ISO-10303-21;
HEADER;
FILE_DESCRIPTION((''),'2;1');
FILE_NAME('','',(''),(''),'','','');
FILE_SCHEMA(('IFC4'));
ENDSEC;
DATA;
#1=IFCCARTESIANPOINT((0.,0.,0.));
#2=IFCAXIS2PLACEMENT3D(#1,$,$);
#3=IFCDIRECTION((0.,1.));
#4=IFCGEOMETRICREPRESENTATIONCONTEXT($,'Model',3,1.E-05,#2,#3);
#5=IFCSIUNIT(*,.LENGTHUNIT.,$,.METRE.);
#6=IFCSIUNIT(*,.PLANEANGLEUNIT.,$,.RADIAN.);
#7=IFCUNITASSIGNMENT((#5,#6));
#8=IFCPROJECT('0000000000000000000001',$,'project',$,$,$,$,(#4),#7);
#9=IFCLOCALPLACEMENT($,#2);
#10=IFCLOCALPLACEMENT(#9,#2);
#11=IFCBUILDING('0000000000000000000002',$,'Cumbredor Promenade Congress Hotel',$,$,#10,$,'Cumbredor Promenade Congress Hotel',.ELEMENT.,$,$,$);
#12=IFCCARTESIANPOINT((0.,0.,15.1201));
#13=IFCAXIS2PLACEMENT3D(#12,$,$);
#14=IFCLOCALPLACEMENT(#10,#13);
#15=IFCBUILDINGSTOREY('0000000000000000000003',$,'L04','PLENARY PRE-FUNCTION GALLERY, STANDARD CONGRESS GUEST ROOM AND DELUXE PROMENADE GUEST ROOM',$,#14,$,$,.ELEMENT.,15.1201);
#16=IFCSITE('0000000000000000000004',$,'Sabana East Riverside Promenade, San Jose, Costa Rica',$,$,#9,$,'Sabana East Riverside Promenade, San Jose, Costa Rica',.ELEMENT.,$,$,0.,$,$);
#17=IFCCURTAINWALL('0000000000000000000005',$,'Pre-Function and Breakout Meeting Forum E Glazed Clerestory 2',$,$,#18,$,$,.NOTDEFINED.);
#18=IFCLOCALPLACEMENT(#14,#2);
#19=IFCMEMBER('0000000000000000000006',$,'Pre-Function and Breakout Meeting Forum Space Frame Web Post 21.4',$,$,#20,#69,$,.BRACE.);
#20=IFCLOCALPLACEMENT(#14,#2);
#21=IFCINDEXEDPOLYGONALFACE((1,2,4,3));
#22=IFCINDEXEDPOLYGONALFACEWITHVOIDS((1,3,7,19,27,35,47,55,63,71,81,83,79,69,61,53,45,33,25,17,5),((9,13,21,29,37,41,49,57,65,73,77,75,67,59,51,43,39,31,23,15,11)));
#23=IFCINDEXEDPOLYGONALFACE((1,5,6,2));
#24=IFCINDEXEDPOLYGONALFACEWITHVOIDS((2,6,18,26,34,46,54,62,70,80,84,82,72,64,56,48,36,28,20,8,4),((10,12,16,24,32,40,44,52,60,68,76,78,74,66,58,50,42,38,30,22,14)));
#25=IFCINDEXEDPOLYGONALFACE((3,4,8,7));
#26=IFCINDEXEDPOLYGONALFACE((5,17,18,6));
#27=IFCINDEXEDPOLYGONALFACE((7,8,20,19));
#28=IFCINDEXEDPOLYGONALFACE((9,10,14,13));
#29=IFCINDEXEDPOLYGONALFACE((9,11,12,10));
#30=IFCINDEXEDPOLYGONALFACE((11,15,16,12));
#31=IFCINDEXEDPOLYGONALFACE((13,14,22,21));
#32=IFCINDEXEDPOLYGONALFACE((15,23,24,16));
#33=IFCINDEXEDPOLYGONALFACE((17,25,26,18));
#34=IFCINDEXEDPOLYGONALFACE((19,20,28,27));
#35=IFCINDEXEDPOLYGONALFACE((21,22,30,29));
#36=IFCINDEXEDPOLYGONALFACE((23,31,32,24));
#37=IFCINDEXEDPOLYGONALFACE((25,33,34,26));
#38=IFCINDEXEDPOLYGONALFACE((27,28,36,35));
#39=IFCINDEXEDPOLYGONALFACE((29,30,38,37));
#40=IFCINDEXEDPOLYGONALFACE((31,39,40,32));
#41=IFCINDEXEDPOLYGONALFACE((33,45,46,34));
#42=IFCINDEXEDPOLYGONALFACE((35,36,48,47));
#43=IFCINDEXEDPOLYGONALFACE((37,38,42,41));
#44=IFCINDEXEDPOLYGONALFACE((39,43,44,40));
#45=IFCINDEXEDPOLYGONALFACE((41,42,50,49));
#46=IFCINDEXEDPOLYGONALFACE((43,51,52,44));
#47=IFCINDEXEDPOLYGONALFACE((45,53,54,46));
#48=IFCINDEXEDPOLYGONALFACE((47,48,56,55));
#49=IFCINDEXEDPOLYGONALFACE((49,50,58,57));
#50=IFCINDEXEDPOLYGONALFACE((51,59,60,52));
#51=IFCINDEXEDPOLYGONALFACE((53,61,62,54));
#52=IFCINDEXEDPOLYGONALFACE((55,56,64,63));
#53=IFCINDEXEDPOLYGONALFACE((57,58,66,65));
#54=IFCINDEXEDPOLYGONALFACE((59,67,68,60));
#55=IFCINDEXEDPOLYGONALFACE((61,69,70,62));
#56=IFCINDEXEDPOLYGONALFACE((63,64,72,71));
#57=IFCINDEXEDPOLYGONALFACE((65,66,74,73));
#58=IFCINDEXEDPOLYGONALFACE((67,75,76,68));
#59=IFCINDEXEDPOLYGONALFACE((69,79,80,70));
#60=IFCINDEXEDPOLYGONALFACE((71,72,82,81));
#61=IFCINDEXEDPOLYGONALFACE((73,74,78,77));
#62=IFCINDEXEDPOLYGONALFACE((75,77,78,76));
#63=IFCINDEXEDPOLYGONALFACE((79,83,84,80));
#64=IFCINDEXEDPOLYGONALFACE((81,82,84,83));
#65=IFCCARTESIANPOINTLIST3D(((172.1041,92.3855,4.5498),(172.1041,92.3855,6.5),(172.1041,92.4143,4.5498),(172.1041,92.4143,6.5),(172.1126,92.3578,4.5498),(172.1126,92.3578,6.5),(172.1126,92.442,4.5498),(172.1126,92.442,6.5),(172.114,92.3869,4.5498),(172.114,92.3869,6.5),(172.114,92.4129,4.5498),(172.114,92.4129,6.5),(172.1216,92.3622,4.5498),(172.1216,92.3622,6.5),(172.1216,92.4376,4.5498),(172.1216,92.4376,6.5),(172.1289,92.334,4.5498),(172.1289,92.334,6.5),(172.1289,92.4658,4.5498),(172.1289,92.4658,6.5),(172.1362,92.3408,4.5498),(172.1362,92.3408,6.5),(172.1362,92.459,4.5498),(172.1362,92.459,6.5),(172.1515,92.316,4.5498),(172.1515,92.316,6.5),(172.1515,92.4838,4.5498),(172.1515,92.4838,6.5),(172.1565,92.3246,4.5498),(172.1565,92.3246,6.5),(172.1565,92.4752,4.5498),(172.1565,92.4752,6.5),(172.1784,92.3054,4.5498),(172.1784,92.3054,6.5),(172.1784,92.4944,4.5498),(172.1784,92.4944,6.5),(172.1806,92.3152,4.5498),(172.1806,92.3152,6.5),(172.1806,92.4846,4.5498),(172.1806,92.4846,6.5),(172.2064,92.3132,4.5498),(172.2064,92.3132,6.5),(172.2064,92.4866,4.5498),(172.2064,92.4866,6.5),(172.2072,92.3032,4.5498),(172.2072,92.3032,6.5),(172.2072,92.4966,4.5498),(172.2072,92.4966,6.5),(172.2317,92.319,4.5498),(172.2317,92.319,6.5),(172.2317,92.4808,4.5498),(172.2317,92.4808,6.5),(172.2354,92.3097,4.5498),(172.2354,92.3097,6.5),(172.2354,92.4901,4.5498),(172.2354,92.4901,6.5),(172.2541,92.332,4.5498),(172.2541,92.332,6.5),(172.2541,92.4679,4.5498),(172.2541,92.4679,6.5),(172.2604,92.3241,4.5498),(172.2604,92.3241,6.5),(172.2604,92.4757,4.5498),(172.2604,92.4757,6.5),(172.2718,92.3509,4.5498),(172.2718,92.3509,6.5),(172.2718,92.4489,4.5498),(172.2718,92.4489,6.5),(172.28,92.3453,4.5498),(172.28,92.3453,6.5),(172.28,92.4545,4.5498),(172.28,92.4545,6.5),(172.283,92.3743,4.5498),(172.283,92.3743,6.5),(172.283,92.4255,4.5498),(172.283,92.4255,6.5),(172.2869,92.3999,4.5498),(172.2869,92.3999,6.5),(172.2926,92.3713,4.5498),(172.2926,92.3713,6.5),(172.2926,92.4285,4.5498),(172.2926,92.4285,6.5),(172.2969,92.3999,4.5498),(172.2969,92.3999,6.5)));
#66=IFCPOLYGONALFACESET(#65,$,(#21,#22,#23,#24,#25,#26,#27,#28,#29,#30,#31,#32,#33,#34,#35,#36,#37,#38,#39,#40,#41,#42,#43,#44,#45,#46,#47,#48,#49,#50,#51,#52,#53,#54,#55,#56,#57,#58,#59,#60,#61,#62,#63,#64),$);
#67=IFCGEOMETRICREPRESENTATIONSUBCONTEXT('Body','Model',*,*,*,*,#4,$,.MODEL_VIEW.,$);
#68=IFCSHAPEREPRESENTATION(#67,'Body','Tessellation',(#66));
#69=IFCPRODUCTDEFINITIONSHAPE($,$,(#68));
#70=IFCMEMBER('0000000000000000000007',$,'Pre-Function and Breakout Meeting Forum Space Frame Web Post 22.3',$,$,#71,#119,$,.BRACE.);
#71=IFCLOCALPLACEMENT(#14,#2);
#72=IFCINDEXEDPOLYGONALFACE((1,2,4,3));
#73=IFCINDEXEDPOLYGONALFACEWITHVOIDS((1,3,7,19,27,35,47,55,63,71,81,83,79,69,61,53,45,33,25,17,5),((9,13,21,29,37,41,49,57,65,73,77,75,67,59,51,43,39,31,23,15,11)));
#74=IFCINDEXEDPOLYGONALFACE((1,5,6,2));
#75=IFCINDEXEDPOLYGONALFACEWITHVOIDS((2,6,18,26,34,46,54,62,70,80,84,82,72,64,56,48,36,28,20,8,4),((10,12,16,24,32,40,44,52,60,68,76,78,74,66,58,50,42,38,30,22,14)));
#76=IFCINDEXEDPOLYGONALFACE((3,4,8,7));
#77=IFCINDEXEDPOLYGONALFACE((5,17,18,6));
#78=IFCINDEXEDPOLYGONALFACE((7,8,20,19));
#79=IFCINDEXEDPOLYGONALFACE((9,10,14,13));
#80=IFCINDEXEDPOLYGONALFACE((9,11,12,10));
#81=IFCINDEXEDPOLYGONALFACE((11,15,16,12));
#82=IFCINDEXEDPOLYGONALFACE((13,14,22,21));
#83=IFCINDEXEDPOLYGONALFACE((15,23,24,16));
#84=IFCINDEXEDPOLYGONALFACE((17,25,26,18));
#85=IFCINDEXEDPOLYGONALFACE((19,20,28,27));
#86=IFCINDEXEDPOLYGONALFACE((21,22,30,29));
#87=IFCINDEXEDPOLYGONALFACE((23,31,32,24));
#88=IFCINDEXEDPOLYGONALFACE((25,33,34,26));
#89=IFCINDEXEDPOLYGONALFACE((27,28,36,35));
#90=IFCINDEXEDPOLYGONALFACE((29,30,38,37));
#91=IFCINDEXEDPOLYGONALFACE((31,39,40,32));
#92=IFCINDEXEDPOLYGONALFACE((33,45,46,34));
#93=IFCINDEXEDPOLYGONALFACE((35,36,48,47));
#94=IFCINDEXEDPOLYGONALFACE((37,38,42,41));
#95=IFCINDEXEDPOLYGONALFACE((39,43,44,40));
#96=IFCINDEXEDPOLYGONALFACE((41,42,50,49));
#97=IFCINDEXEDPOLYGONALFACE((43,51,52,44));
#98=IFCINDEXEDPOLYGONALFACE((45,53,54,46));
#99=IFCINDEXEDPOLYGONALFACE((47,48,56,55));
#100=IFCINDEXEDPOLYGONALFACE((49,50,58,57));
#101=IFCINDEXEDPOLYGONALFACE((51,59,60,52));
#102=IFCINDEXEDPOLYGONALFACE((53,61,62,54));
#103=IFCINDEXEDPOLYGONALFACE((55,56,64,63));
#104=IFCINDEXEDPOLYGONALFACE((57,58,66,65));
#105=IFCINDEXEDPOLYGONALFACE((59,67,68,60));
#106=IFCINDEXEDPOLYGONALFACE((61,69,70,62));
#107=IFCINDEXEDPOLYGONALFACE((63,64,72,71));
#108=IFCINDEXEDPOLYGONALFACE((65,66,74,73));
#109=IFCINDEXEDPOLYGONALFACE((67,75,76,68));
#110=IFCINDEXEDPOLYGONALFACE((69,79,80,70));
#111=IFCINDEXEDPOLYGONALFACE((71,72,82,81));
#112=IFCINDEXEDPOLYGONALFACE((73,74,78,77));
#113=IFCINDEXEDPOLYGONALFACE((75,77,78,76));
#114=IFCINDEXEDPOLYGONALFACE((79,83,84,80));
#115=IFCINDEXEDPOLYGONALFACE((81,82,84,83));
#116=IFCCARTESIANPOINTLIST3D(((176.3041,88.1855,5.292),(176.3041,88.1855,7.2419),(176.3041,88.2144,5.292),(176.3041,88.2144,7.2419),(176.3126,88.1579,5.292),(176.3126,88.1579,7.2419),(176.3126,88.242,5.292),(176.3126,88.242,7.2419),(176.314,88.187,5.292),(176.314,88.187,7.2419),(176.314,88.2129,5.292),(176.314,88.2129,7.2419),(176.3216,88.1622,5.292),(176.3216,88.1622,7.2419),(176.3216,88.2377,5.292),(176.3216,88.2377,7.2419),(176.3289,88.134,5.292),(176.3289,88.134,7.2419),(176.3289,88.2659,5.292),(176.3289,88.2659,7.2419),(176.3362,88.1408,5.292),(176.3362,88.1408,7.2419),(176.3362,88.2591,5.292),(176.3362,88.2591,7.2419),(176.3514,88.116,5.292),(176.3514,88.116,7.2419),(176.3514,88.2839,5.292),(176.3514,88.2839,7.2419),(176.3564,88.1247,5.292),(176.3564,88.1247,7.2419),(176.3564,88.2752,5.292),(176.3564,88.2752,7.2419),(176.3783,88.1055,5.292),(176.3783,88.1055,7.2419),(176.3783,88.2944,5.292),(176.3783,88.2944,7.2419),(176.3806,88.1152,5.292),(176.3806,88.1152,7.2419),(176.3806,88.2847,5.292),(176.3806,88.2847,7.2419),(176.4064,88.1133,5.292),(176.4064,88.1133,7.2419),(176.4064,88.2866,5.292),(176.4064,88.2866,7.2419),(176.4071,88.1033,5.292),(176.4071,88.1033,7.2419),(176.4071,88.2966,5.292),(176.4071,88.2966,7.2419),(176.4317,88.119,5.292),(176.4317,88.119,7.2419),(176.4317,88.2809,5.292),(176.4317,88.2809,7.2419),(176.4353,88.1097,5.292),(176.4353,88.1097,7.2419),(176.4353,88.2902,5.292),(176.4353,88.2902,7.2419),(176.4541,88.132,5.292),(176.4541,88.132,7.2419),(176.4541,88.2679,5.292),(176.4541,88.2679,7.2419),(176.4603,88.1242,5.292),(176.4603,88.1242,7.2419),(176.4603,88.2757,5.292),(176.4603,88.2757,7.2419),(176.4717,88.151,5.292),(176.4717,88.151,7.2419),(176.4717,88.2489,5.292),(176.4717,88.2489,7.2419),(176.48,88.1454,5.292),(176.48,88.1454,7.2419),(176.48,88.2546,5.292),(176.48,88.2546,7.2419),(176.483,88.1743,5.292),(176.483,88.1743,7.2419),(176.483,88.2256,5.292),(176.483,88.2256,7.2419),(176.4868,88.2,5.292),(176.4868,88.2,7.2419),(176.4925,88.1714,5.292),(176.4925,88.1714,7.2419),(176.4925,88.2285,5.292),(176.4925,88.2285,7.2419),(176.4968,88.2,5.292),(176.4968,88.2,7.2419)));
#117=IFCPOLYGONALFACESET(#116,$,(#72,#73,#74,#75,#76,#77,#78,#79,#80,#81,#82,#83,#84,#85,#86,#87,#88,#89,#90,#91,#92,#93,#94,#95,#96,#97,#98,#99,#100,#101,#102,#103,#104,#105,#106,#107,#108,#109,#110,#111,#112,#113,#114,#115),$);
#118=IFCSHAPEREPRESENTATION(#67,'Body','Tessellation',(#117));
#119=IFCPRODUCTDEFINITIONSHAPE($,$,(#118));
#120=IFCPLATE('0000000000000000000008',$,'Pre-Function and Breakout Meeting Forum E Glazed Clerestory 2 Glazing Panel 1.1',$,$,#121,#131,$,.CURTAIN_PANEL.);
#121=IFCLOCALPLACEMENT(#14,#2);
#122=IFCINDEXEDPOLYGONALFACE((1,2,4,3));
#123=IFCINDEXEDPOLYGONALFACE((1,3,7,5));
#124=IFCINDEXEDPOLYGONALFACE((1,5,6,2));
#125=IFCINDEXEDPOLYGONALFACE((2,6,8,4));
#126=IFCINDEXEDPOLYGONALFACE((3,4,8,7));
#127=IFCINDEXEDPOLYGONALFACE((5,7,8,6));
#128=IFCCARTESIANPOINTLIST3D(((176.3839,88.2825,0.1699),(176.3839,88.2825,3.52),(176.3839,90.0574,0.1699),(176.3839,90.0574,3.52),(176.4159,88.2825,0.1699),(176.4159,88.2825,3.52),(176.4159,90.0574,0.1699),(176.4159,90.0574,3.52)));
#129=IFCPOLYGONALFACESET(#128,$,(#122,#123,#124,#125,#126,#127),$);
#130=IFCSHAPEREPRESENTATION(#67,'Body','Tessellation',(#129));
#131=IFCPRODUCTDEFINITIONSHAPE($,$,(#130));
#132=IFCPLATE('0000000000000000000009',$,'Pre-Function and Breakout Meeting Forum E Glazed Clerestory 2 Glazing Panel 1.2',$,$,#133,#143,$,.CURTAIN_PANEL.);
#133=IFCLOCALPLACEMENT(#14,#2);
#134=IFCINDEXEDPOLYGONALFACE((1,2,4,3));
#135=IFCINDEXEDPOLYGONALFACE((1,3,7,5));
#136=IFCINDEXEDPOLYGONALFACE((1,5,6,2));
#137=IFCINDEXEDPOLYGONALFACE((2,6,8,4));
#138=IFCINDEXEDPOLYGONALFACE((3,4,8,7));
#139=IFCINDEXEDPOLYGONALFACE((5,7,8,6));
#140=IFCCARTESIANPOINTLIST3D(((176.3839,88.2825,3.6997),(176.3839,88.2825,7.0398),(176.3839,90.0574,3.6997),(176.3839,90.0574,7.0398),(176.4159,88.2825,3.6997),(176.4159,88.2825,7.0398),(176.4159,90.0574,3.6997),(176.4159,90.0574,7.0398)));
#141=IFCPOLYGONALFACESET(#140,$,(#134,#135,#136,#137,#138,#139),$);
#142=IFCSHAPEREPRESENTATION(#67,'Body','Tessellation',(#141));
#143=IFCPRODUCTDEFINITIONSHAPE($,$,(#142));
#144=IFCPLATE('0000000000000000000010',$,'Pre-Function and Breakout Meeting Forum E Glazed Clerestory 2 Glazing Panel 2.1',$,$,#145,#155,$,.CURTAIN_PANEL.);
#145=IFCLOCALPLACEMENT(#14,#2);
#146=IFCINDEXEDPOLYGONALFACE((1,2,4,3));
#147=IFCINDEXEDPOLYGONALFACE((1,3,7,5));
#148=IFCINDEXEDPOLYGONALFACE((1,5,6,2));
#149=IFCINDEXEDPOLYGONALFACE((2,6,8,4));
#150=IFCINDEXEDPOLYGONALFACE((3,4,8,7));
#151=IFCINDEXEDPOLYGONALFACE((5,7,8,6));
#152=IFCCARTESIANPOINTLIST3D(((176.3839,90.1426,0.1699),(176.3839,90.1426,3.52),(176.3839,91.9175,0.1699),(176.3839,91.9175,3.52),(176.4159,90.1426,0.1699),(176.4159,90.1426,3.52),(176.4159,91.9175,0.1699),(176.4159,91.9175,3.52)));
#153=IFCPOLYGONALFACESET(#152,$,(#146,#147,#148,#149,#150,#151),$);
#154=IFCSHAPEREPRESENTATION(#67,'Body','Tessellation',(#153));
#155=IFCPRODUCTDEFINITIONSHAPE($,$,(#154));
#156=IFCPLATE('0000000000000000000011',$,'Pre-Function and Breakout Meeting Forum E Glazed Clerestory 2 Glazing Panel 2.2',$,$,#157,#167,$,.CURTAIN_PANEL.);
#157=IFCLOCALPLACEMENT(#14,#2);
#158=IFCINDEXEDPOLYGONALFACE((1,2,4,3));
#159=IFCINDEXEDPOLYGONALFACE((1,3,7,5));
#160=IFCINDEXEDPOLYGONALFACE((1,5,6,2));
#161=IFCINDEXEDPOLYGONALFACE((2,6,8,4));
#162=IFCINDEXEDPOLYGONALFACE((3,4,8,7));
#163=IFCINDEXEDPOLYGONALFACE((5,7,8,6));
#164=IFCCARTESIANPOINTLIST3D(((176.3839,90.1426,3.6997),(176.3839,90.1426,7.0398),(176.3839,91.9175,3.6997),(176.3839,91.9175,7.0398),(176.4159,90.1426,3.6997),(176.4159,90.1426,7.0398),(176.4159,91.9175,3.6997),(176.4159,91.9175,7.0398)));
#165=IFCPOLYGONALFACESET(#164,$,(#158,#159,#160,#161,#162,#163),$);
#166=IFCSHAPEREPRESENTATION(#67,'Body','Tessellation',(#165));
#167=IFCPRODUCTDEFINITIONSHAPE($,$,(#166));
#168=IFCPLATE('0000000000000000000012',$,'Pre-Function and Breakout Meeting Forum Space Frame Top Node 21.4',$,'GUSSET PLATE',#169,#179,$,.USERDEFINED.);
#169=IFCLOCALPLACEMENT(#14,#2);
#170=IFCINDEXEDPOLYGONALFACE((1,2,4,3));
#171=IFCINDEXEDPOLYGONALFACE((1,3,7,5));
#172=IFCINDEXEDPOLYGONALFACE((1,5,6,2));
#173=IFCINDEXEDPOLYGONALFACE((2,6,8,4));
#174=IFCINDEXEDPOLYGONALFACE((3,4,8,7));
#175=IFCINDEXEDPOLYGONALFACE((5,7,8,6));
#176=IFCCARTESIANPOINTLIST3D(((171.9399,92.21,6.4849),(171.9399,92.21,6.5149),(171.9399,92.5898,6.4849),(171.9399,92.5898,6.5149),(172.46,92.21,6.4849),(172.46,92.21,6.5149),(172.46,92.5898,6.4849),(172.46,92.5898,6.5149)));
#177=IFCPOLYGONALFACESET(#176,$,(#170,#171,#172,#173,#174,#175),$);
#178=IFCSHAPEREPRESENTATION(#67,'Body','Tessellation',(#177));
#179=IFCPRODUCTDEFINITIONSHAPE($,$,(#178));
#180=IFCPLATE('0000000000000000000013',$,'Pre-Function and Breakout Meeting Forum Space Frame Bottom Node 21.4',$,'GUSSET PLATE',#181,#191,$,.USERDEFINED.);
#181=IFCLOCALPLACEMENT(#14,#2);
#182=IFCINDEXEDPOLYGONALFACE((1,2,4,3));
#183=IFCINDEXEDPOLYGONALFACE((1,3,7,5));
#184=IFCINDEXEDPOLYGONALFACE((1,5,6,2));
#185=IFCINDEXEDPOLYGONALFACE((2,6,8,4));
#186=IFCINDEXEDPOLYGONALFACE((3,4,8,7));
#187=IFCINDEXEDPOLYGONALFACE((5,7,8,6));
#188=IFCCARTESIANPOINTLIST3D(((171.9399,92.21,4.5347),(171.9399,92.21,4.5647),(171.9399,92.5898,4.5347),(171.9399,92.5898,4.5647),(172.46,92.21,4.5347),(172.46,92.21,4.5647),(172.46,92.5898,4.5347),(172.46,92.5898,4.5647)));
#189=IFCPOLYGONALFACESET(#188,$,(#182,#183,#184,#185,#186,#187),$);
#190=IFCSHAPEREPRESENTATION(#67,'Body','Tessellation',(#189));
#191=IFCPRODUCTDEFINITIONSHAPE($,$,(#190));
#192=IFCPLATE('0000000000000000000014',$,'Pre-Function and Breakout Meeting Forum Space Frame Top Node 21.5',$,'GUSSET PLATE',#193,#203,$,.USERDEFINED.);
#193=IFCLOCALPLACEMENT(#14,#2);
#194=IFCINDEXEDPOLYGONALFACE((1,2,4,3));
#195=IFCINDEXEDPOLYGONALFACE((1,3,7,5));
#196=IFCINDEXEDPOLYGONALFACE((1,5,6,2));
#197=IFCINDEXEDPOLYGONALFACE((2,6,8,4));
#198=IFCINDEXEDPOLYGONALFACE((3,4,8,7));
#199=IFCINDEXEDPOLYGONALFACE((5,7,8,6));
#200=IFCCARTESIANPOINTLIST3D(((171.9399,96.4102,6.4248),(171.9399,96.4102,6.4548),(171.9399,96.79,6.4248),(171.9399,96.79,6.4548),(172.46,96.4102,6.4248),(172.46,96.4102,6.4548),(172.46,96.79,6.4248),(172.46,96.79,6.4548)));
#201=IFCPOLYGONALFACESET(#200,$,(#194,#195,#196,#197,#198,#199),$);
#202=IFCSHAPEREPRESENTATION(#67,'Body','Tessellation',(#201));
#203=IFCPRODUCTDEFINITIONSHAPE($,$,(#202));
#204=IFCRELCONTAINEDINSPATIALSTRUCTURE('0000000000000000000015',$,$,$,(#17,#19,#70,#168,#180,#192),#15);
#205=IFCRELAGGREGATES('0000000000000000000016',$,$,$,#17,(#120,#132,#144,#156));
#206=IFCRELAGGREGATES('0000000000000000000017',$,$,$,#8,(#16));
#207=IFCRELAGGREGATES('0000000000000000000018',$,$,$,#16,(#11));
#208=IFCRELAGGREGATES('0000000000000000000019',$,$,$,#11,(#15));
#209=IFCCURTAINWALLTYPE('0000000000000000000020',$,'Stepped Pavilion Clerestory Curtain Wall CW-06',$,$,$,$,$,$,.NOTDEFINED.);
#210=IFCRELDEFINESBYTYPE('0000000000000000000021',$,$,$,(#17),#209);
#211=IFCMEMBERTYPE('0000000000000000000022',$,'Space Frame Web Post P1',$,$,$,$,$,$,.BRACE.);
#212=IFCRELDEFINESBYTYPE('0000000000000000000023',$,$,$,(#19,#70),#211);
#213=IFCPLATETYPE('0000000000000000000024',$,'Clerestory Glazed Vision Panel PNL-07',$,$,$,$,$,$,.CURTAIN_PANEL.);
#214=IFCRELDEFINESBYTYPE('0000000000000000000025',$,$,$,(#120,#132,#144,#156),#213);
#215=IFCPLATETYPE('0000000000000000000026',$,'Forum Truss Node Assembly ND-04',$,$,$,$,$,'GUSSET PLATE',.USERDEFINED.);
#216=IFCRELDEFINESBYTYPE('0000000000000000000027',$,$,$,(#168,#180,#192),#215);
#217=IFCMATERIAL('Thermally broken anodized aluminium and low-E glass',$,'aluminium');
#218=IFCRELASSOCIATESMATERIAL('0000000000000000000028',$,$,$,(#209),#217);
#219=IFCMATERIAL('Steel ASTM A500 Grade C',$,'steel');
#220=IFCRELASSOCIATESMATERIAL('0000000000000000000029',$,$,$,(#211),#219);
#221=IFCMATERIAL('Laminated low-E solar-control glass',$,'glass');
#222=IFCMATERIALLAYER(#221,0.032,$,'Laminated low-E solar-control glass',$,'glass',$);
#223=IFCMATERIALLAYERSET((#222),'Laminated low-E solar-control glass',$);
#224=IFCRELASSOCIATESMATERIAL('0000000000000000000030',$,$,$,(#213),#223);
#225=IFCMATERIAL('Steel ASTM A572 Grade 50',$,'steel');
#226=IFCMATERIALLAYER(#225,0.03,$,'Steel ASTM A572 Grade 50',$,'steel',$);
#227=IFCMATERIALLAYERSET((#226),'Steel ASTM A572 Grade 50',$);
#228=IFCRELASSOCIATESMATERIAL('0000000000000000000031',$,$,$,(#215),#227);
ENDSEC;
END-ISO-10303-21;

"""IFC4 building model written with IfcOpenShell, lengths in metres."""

from ifc_helpers import new_model, si_unit, direction, frame, origin, origin_2d, place, context, subcontext, project, spatial, rectangle, hollow_circle, extrude, material, layer, layer_set, material_profile, profile_set, type_object, element, aggregate, save


model = new_model("IFC4")

# Units and contexts
model_context = context("Model", 3, precision=1e-05, world=origin(), true_north=direction((0.0, 1.0)))
body_context = subcontext(model_context, "Body", "Model", "MODEL_VIEW")
ifc_project = project(units=[si_unit("LENGTHUNIT", "METRE"), si_unit("PLANEANGLEUNIT", "RADIAN")], contexts=[model_context])

# Site, building, storey
site_placement = place(None, origin())
site = spatial("IfcSite", under=ifc_project, at=site_placement, Name="Sabana East Riverside Promenade, San Jose, Costa Rica", LongName="Sabana East Riverside Promenade, San Jose, Costa Rica", CompositionType="ELEMENT", RefElevation=0.0)
building_placement = place(site_placement, origin())
building = spatial("IfcBuilding", under=site, at=building_placement, Name="Cumbredor Promenade Congress Hotel", LongName="Cumbredor Promenade Congress Hotel", CompositionType="ELEMENT")
storey_placement = place(building_placement, frame((0.0, 0.0, 15.1201)))
storey = spatial("IfcBuildingStorey", under=building, at=storey_placement, Name="L04", Description="PLENARY PRE-FUNCTION GALLERY, STANDARD CONGRESS GUEST ROOM AND DELUXE PROMENADE GUEST ROOM", CompositionType="ELEMENT", Elevation=15.1201)

# Curtain wall
ifc_material_1 = material(Name="Thermally broken anodized aluminium and low-E glass", Category="aluminium")
curtain_wall_type = type_object("IfcCurtainWallType", Name="Stepped Pavilion Clerestory Curtain Wall CW-06", PredefinedType="NOTDEFINED", material=ifc_material_1)
curtain_wall_placement = place(storey_placement, origin())
curtain_wall = element("IfcCurtainWall", 1, at=curtain_wall_placement, inside=storey, type_object=curtain_wall_type, Name="Pre-Function and Breakout Meeting Forum E Glazed Clerestory 2", PredefinedType="NOTDEFINED")

# Members
ifc_material_2 = material(Name="Steel ASTM A500 Grade C", Category="steel")
ifc_material_profile_1 = material_profile(ifc_material_2, hollow_circle(Radius=0.0969, WallThickness=0.01, at=origin_2d()), Name="CHS 193.7x10")
ifc_profile_set_1 = profile_set([ifc_material_profile_1], Name="Steel ASTM A500 Grade C")
member_type_1 = type_object("IfcMemberType", Name="Space Frame Web Post P1", PredefinedType="BRACE", material=ifc_profile_set_1)
member_1_placement = place(storey_placement, frame((172.2, 92.3999, 4.5498), z_axis=(0.0, 0.0, 1.0), x_axis=(1.0, 0.0, 0.0)))
element("IfcMember", 2, at=member_1_placement, inside=storey, type_object=member_type_1, Name="Pre-Function and Breakout Meeting Forum Space Frame Web Post 21.4", PredefinedType="BRACE", context=body_context, shape_type="SweptSolid", body=[
    extrude(hollow_circle(Radius=0.0969, WallThickness=0.01, at=origin_2d()), origin(), (0.0, 0.0, 1.0), 1.9502),
])
member_2_placement = place(storey_placement, frame((176.3999, 88.2, 5.292), z_axis=(0.0, 0.0, 1.0), x_axis=(1.0, 0.0, 0.0)))
element("IfcMember", 3, at=member_2_placement, inside=storey, type_object=member_type_1, Name="Pre-Function and Breakout Meeting Forum Space Frame Web Post 22.3", PredefinedType="BRACE", context=body_context, shape_type="SweptSolid", body=[
    extrude(hollow_circle(Radius=0.0969, WallThickness=0.01, at=origin_2d()), origin(), (0.0, 0.0, 1.0), 1.95),
])

# Plates
ifc_material_3 = material(Name="Laminated low-E solar-control glass", Category="glass")
ifc_layer_1 = layer(ifc_material_3, 0.032, Name="Laminated low-E solar-control glass", Category="glass")
ifc_layer_set_1 = layer_set([ifc_layer_1], Name="Laminated low-E solar-control glass")
plate_type_1 = type_object("IfcPlateType", Name="Clerestory Glazed Vision Panel PNL-07", PredefinedType="CURTAIN_PANEL", material=ifc_layer_set_1)
plate_1_placement = place(storey_placement, frame((176.3999, 89.1699, 0.1699), z_axis=(0.0, 0.0, 1.0), x_axis=(0.0, 1.0, 0.0)))
plate_1 = element("IfcPlate", 4, at=plate_1_placement, type_object=plate_type_1, Name="Pre-Function and Breakout Meeting Forum E Glazed Clerestory 2 Glazing Panel 1.1", PredefinedType="CURTAIN_PANEL", context=body_context, shape_type="SweptSolid", body=[
    extrude(rectangle(XDim=1.7749, YDim=0.032, at=origin_2d()), origin(), (0.0, 0.0, 1.0), 3.3501),
])
plate_2_placement = place(storey_placement, frame((176.3999, 89.1699, 3.6997), z_axis=(0.0, 0.0, 1.0), x_axis=(0.0, 1.0, 0.0)))
plate_2 = element("IfcPlate", 5, at=plate_2_placement, type_object=plate_type_1, Name="Pre-Function and Breakout Meeting Forum E Glazed Clerestory 2 Glazing Panel 1.2", PredefinedType="CURTAIN_PANEL", context=body_context, shape_type="SweptSolid", body=[
    extrude(rectangle(XDim=1.7749, YDim=0.032, at=origin_2d()), origin(), (0.0, 0.0, 1.0), 3.3401),
])
plate_3_placement = place(storey_placement, frame((176.3999, 91.03, 0.1699), z_axis=(0.0, 0.0, 1.0), x_axis=(0.0, 1.0, 0.0)))
plate_3 = element("IfcPlate", 6, at=plate_3_placement, type_object=plate_type_1, Name="Pre-Function and Breakout Meeting Forum E Glazed Clerestory 2 Glazing Panel 2.1", PredefinedType="CURTAIN_PANEL", context=body_context, shape_type="SweptSolid", body=[
    extrude(rectangle(XDim=1.7749, YDim=0.032, at=origin_2d()), origin(), (0.0, 0.0, 1.0), 3.3501),
])
plate_4_placement = place(storey_placement, frame((176.3999, 91.03, 3.6997), z_axis=(0.0, 0.0, 1.0), x_axis=(0.0, 1.0, 0.0)))
plate_4 = element("IfcPlate", 7, at=plate_4_placement, type_object=plate_type_1, Name="Pre-Function and Breakout Meeting Forum E Glazed Clerestory 2 Glazing Panel 2.2", PredefinedType="CURTAIN_PANEL", context=body_context, shape_type="SweptSolid", body=[
    extrude(rectangle(XDim=1.7749, YDim=0.032, at=origin_2d()), origin(), (0.0, 0.0, 1.0), 3.3401),
])
aggregate(curtain_wall, [plate_1, plate_2, plate_3, plate_4])

# Plates
ifc_material_4 = material(Name="Steel ASTM A572 Grade 50", Category="steel")
ifc_layer_2 = layer(ifc_material_4, 0.03, Name="Steel ASTM A572 Grade 50", Category="steel")
ifc_layer_set_2 = layer_set([ifc_layer_2], Name="Steel ASTM A572 Grade 50")
plate_type_2 = type_object("IfcPlateType", Name="Forum Truss Node Assembly ND-04", ElementType="GUSSET PLATE", PredefinedType="USERDEFINED", material=ifc_layer_set_2)
for number, where, z_axis, x_axis, name in (
    (8, (172.2, 92.3999, 6.4849), (0.0, 0.0, 1.0), (1.0, 0.0, 0.0), "Pre-Function and Breakout Meeting Forum Space Frame Top Node 21.4"),
    (9, (172.2, 92.3999, 4.5347), (0.0, 0.0, 1.0), (1.0, 0.0, 0.0), "Pre-Function and Breakout Meeting Forum Space Frame Bottom Node 21.4"),
    (10, (172.2, 96.6001, 6.4248), (0.0, 0.0, 1.0), (1.0, 0.0, 0.0), "Pre-Function and Breakout Meeting Forum Space Frame Top Node 21.5"),
):
    element("IfcPlate", number, at=place(storey_placement, frame(where, z_axis=z_axis, x_axis=x_axis)), inside=storey, type_object=plate_type_2, Name=name, ObjectType="GUSSET PLATE", PredefinedType="USERDEFINED", context=body_context, shape_type="SweptSolid", body=[
        extrude(rectangle(XDim=0.52, YDim=0.3799, at=origin_2d()), origin(), (0.0, 0.0, 1.0), 0.03),
    ])

save(model, "model.ifc")
